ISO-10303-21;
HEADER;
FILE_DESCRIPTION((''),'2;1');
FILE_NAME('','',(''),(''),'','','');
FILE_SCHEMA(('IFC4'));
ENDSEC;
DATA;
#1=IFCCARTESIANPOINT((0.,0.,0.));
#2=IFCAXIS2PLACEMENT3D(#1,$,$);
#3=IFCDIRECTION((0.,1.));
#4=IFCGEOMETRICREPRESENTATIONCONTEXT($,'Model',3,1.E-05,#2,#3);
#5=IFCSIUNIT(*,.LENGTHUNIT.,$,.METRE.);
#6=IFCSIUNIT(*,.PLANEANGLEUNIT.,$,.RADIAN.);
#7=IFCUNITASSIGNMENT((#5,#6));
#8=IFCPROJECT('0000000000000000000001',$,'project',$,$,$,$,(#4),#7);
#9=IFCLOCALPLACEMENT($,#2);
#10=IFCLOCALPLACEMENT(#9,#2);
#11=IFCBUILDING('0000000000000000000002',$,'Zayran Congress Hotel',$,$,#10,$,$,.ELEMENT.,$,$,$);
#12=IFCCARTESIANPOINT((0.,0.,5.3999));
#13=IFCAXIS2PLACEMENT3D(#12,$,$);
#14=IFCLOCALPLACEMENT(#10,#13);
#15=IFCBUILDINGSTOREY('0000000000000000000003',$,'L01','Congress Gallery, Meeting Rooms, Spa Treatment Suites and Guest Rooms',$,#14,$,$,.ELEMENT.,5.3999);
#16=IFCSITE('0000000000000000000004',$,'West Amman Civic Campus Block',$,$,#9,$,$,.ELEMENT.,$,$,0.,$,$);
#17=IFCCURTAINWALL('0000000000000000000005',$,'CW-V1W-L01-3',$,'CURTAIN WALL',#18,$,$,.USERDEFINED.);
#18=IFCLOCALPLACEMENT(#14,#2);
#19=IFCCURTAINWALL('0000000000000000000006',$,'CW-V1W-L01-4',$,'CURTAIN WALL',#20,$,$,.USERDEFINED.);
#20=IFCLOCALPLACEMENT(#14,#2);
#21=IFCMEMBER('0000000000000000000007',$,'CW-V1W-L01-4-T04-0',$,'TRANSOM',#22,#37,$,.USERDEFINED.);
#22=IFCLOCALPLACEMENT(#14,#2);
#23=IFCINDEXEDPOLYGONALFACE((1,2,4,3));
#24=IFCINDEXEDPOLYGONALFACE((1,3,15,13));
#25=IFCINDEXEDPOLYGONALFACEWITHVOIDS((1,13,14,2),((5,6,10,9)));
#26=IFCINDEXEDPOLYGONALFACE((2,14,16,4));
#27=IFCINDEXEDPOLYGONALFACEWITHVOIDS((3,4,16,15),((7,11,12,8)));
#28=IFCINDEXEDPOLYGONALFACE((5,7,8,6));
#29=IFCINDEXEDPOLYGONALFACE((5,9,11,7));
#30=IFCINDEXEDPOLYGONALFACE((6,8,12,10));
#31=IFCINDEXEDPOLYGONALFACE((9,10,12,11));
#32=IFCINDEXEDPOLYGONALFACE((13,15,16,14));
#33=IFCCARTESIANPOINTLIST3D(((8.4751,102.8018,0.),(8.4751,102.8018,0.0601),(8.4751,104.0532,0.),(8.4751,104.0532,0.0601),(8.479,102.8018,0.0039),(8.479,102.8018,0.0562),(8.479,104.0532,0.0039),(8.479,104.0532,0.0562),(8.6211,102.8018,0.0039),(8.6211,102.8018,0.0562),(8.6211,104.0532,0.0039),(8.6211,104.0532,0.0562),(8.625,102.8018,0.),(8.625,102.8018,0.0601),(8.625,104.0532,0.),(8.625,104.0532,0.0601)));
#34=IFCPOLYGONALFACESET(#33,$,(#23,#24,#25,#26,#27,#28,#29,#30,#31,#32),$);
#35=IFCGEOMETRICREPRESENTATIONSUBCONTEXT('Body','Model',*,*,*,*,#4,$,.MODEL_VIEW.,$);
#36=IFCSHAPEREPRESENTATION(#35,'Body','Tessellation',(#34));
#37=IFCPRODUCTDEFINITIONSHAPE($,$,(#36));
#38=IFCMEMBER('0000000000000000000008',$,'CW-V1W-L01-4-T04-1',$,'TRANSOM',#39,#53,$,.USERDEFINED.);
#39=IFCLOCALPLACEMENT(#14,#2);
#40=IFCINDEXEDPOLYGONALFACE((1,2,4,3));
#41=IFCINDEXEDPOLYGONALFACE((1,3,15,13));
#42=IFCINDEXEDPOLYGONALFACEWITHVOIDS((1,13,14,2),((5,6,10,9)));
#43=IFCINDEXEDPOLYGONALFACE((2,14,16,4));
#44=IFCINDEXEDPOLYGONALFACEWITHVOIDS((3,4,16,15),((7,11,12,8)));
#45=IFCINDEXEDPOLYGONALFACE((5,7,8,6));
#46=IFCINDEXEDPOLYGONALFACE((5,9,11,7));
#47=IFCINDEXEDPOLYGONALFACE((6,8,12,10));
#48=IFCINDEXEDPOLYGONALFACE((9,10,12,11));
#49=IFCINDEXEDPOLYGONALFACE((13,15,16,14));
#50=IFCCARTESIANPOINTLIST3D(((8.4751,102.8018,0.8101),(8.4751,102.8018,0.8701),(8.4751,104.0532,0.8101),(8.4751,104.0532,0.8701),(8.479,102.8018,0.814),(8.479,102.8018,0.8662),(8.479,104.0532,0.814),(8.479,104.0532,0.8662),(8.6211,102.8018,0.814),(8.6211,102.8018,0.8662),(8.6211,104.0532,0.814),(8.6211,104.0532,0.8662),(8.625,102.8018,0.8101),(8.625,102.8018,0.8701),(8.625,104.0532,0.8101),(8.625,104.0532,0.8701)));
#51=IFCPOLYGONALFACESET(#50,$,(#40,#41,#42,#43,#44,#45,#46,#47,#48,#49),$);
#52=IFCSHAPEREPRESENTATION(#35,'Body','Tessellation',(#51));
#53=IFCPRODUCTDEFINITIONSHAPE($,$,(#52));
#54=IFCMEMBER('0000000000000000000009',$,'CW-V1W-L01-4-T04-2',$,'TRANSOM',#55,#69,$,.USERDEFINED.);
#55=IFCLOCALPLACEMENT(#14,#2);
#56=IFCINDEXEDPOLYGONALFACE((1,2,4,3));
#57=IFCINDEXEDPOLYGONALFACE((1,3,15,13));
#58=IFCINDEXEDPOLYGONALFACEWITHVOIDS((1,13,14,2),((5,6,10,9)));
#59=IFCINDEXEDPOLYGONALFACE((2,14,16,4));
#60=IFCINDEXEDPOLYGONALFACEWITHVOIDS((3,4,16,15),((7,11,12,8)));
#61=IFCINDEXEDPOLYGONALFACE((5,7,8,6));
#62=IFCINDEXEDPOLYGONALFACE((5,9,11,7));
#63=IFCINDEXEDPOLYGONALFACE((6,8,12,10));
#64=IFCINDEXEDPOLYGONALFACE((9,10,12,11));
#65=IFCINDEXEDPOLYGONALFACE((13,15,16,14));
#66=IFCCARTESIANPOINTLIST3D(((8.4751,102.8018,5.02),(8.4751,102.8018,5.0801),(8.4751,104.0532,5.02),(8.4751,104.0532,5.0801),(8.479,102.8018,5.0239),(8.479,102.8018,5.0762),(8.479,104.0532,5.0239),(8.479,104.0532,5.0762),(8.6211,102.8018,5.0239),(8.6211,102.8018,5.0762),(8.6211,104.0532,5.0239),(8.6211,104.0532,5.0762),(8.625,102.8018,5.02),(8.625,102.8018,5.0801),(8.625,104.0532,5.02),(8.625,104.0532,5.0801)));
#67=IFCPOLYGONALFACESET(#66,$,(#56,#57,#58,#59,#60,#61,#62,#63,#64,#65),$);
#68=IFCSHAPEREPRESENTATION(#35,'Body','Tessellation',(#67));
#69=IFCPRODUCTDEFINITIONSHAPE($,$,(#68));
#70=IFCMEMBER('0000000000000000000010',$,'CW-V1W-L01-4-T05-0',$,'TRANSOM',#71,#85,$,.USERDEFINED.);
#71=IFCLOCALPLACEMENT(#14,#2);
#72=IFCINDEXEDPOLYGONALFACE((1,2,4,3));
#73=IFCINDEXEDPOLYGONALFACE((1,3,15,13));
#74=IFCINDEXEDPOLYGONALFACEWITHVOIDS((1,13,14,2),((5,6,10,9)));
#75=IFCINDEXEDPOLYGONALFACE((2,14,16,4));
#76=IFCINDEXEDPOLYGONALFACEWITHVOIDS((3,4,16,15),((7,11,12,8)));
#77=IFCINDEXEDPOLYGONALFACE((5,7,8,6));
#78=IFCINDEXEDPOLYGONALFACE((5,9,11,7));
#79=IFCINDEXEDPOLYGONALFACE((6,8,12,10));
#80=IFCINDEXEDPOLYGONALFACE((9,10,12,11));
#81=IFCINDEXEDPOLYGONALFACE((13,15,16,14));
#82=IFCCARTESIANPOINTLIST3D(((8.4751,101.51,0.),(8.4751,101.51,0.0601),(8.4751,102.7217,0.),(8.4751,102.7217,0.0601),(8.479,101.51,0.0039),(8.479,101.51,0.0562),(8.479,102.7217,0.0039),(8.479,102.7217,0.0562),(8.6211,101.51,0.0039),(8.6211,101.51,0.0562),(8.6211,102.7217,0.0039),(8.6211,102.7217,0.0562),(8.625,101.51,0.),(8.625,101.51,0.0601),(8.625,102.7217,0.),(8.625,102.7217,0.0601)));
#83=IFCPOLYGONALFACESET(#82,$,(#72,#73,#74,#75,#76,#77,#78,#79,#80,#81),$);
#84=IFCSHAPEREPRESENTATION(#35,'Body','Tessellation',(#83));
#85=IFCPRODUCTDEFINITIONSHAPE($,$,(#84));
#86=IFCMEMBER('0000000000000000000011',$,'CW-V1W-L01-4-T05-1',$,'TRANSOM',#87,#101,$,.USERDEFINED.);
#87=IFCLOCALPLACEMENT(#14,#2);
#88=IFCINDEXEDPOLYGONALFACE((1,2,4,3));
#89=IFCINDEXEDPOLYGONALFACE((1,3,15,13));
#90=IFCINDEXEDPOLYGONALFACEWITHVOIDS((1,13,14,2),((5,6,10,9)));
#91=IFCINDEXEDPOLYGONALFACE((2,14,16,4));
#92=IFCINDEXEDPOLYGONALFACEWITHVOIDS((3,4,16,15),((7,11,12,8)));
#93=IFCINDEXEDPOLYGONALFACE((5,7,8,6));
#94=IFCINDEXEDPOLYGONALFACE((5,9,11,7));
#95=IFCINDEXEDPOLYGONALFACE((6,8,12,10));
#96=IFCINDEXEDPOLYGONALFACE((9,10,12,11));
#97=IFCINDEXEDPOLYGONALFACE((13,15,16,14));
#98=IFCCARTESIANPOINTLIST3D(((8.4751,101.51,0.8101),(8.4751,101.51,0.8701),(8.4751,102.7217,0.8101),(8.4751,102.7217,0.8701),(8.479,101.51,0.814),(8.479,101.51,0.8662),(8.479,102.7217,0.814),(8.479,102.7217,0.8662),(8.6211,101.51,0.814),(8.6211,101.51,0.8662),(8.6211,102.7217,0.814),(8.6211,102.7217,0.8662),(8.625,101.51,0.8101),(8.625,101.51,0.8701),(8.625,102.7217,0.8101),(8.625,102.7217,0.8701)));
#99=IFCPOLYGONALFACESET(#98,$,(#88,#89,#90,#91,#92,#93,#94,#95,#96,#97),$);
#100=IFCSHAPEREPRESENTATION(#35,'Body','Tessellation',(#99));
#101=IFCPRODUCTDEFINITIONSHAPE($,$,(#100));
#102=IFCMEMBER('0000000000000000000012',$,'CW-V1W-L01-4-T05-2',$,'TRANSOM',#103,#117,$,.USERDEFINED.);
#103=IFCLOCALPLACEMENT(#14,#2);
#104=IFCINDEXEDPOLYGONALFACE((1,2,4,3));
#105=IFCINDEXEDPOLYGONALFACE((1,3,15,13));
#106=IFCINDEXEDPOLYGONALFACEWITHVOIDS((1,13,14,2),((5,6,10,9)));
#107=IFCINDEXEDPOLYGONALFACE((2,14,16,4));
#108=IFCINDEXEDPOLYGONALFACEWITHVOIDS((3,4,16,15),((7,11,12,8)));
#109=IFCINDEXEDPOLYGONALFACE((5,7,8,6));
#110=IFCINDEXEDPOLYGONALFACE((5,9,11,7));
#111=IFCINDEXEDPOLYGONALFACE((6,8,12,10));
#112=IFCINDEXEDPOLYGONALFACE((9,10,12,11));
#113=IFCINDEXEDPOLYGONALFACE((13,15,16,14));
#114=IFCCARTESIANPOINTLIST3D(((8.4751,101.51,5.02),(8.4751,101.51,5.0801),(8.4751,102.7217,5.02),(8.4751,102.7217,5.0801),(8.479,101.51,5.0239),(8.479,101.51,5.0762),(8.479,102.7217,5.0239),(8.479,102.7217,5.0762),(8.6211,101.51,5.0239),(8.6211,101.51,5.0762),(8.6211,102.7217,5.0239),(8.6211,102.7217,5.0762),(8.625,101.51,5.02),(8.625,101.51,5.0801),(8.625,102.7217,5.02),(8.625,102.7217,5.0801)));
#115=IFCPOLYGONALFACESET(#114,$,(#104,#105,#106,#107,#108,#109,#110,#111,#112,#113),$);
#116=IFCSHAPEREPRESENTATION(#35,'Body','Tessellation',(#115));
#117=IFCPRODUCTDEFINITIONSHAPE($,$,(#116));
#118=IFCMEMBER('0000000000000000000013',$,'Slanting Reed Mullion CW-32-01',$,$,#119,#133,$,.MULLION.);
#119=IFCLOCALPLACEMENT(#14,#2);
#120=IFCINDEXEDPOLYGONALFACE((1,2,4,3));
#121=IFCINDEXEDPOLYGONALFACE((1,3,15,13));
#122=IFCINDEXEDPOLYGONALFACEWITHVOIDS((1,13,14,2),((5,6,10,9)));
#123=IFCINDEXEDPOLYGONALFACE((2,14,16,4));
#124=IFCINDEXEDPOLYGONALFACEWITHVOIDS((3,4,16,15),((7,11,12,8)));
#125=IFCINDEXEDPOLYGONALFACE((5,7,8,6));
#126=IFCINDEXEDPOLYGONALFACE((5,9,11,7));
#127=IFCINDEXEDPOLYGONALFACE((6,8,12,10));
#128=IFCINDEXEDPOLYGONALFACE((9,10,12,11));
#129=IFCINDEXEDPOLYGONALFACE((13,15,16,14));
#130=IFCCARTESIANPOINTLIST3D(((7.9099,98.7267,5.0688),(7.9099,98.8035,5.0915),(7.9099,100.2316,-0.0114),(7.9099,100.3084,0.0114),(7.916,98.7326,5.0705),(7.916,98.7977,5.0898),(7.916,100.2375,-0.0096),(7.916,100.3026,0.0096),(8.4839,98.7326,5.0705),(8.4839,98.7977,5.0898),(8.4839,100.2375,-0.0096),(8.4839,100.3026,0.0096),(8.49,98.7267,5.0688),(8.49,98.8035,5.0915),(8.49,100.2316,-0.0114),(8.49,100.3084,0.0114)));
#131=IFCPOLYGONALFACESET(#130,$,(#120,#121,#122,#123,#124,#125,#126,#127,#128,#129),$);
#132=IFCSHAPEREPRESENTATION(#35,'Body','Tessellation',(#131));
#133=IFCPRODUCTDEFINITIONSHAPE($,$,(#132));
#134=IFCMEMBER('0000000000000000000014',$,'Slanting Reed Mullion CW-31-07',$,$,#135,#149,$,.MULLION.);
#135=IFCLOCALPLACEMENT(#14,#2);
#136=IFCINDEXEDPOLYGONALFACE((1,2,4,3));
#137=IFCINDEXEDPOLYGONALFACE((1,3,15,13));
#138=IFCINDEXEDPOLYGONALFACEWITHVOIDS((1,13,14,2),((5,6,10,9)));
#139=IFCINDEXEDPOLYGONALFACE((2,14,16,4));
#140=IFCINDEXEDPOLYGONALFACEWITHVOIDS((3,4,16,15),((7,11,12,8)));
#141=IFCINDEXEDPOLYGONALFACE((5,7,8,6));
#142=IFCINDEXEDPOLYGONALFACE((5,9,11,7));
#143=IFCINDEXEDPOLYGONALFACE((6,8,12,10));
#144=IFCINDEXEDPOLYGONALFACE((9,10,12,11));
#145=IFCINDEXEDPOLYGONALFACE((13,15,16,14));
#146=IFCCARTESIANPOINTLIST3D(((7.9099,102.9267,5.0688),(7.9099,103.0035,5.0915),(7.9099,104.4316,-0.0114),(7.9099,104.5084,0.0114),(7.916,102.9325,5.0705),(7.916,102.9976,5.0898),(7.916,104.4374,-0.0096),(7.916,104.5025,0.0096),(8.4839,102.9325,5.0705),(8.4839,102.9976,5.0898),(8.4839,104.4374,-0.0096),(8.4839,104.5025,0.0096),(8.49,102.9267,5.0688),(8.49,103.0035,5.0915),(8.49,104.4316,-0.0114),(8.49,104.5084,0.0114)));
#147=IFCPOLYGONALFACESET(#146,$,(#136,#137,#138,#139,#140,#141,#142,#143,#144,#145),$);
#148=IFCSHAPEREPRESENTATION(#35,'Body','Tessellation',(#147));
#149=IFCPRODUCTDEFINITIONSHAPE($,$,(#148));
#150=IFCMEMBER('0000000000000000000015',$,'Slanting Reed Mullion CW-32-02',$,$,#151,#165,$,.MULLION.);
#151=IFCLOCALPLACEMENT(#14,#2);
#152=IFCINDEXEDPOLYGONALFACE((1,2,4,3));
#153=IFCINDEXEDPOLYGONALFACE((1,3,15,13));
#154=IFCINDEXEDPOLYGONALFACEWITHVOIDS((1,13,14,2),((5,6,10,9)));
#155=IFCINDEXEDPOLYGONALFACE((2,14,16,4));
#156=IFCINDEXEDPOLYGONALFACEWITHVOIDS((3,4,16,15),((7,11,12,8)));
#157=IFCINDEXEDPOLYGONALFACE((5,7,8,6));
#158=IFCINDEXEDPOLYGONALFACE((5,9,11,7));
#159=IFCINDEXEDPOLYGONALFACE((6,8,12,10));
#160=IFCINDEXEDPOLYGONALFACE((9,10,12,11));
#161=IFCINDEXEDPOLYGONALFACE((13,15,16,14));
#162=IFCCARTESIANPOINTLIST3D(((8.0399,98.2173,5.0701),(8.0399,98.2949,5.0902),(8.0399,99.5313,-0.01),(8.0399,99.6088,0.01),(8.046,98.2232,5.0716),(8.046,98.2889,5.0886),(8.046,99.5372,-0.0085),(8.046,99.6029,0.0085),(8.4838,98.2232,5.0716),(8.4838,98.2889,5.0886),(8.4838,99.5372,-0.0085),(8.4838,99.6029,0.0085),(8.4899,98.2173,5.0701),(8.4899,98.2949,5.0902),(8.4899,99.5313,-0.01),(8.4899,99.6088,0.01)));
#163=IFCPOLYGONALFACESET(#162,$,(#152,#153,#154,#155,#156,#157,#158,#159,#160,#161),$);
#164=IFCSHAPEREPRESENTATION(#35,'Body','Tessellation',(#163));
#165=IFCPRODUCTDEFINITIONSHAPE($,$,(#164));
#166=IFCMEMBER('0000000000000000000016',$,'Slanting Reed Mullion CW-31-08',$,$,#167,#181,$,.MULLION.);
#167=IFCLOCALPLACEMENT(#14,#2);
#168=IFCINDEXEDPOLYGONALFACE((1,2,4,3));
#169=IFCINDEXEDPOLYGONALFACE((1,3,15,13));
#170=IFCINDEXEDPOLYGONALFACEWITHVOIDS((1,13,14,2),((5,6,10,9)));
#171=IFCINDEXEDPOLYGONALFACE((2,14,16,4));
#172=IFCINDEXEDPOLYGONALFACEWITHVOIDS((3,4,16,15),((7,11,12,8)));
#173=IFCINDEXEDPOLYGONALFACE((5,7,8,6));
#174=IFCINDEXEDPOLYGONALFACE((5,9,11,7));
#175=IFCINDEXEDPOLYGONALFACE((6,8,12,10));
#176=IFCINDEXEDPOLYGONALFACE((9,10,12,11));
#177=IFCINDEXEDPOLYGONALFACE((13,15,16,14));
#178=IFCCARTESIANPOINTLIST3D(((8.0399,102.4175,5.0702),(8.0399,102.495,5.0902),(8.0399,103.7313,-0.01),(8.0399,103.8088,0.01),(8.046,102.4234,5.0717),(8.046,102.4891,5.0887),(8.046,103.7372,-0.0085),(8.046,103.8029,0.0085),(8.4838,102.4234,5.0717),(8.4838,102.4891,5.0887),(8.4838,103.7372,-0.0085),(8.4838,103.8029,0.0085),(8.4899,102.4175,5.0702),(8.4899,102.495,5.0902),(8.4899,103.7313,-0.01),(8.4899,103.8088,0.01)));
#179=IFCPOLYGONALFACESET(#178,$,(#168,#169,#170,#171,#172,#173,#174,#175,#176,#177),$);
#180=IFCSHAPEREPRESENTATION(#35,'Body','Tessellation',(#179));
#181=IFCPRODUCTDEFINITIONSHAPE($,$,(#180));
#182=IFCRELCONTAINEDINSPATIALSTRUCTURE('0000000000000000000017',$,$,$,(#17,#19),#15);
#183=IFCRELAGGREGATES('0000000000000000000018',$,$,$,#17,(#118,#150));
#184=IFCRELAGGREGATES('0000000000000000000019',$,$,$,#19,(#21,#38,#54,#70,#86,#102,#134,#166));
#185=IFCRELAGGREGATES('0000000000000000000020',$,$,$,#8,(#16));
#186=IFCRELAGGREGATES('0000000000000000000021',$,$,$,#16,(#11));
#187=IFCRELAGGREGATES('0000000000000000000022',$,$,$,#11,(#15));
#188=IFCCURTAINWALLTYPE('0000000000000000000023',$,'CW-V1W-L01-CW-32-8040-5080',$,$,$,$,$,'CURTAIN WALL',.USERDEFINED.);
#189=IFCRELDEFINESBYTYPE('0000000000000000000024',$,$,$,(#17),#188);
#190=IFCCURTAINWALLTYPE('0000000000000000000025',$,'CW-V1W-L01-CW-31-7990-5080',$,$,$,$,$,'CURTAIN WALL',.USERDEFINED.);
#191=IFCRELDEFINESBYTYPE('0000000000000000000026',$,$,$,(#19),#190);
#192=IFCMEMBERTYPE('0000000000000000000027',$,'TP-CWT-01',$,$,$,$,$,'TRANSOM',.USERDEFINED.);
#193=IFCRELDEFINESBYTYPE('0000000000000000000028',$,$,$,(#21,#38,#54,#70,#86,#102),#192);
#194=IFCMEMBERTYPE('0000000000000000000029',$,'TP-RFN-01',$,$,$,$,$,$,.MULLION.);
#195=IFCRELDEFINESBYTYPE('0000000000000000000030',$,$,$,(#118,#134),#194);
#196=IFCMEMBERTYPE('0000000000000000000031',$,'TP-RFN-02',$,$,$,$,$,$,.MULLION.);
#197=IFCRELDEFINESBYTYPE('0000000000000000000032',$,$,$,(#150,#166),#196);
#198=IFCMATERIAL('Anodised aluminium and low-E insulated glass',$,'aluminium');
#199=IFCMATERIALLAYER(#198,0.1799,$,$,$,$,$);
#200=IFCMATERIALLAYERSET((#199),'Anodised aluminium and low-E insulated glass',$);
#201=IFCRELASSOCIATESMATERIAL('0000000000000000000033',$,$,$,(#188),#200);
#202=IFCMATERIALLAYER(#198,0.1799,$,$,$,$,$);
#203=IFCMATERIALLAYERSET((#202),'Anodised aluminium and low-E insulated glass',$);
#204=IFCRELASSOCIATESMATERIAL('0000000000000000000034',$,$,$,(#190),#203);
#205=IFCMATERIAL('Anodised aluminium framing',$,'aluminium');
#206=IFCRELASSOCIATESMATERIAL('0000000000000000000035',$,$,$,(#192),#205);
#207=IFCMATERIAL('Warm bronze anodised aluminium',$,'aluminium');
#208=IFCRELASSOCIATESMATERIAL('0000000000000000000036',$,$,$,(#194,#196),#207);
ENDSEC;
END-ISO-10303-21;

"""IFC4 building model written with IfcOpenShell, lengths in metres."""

from ifc_helpers import new_model, si_unit, direction, frame, origin, origin_2d, place, context, subcontext, project, spatial, hollow_rectangle, extrude, material, layer, layer_set, material_profile, profile_set, type_object, element, aggregate, save


model = new_model("IFC4")

# Units and contexts
model_context = context("Model", 3, precision=1e-05, world=origin(), true_north=direction((0.0, 1.0)))
body_context = subcontext(model_context, "Body", "Model", "MODEL_VIEW")
ifc_project = project(units=[si_unit("LENGTHUNIT", "METRE"), si_unit("PLANEANGLEUNIT", "RADIAN")], contexts=[model_context])

# Site, building, storey
site_placement = place(None, origin())
site = spatial("IfcSite", under=ifc_project, at=site_placement, Name="West Amman Civic Campus Block", CompositionType="ELEMENT", RefElevation=0.0)
building_placement = place(site_placement, origin())
building = spatial("IfcBuilding", under=site, at=building_placement, Name="Zayran Congress Hotel", CompositionType="ELEMENT")
storey_placement = place(building_placement, frame((0.0, 0.0, 5.3999)))
storey = spatial("IfcBuildingStorey", under=building, at=storey_placement, Name="L01", Description="Congress Gallery, Meeting Rooms, Spa Treatment Suites and Guest Rooms", CompositionType="ELEMENT", Elevation=5.3999)

# Curtain walls
ifc_material_1 = material(Name="Anodised aluminium and low-E insulated glass", Category="aluminium")
ifc_layer_1 = layer(ifc_material_1, 0.1799)
ifc_layer_set_1 = layer_set([ifc_layer_1], Name="Anodised aluminium and low-E insulated glass")
curtain_wall_type_1 = type_object("IfcCurtainWallType", Name="CW-V1W-L01-CW-32-8040-5080", ElementType="CURTAIN WALL", PredefinedType="USERDEFINED", material=ifc_layer_set_1)
curtain_wall_1_placement = place(storey_placement, origin())
curtain_wall_1 = element("IfcCurtainWall", 1, at=curtain_wall_1_placement, inside=storey, type_object=curtain_wall_type_1, Name="CW-V1W-L01-3", ObjectType="CURTAIN WALL", PredefinedType="USERDEFINED")
ifc_material_2 = material(Name="Anodised aluminium framing", Category="aluminium")
ifc_layer_2 = layer(ifc_material_1, 0.1799)
ifc_layer_set_2 = layer_set([ifc_layer_2], Name="Anodised aluminium and low-E insulated glass")
curtain_wall_type_2 = type_object("IfcCurtainWallType", Name="CW-V1W-L01-CW-31-7990-5080", ElementType="CURTAIN WALL", PredefinedType="USERDEFINED", material=ifc_layer_set_2)
curtain_wall_2_placement = place(storey_placement, origin())
curtain_wall_2 = element("IfcCurtainWall", 2, at=curtain_wall_2_placement, inside=storey, type_object=curtain_wall_type_2, Name="CW-V1W-L01-4", ObjectType="CURTAIN WALL", PredefinedType="USERDEFINED")

# Members
ifc_material_profile_1 = material_profile(ifc_material_2, hollow_rectangle(XDim=0.0601, YDim=0.1499, WallThickness=0.0039, at=origin_2d()), Name="RHS 150x60x4")
ifc_profile_set_1 = profile_set([ifc_material_profile_1], Name="Anodised aluminium framing")
member_type_1 = type_object("IfcMemberType", Name="TP-CWT-01", ElementType="TRANSOM", PredefinedType="USERDEFINED", material=ifc_profile_set_1)
member_1_placement = place(storey_placement, frame((8.55, 104.0532, 0.03), z_axis=(0.0, -1.0, 0.0), x_axis=(0.0, 0.0, 1.0)))
member_1 = element("IfcMember", 3, at=member_1_placement, type_object=member_type_1, Name="CW-V1W-L01-4-T04-0", ObjectType="TRANSOM", PredefinedType="USERDEFINED", context=body_context, shape_type="SweptSolid", body=[
    extrude(hollow_rectangle(XDim=0.0601, YDim=0.1499, WallThickness=0.0039, at=origin_2d()), origin(), (0.0, 0.0, 1.0), 1.2515),
])
member_2_placement = place(storey_placement, frame((8.55, 104.0532, 0.8401), z_axis=(0.0, -1.0, 0.0), x_axis=(0.0, 0.0, 1.0)))
member_2 = element("IfcMember", 4, at=member_2_placement, type_object=member_type_1, Name="CW-V1W-L01-4-T04-1", ObjectType="TRANSOM", PredefinedType="USERDEFINED", context=body_context, shape_type="SweptSolid", body=[
    extrude(hollow_rectangle(XDim=0.0601, YDim=0.1499, WallThickness=0.0039, at=origin_2d()), origin(), (0.0, 0.0, 1.0), 1.2515),
])
member_3_placement = place(storey_placement, frame((8.55, 104.0532, 5.05), z_axis=(0.0, -1.0, 0.0), x_axis=(0.0, 0.0, 1.0)))
member_3 = element("IfcMember", 5, at=member_3_placement, type_object=member_type_1, Name="CW-V1W-L01-4-T04-2", ObjectType="TRANSOM", PredefinedType="USERDEFINED", context=body_context, shape_type="SweptSolid", body=[
    extrude(hollow_rectangle(XDim=0.0601, YDim=0.1499, WallThickness=0.0039, at=origin_2d()), origin(), (0.0, 0.0, 1.0), 1.2515),
])
member_4_placement = place(storey_placement, frame((8.55, 102.7217, 0.03), z_axis=(0.0, -1.0, 0.0), x_axis=(0.0, 0.0, 1.0)))
member_4 = element("IfcMember", 6, at=member_4_placement, type_object=member_type_1, Name="CW-V1W-L01-4-T05-0", ObjectType="TRANSOM", PredefinedType="USERDEFINED", context=body_context, shape_type="SweptSolid", body=[
    extrude(hollow_rectangle(XDim=0.0601, YDim=0.1499, WallThickness=0.0039, at=origin_2d()), origin(), (0.0, 0.0, 1.0), 1.2117),
])
member_5_placement = place(storey_placement, frame((8.55, 102.7217, 0.8401), z_axis=(0.0, -1.0, 0.0), x_axis=(0.0, 0.0, 1.0)))
member_5 = element("IfcMember", 7, at=member_5_placement, type_object=member_type_1, Name="CW-V1W-L01-4-T05-1", ObjectType="TRANSOM", PredefinedType="USERDEFINED", context=body_context, shape_type="SweptSolid", body=[
    extrude(hollow_rectangle(XDim=0.0601, YDim=0.1499, WallThickness=0.0039, at=origin_2d()), origin(), (0.0, 0.0, 1.0), 1.2117),
])
member_6_placement = place(storey_placement, frame((8.55, 102.7217, 5.05), z_axis=(0.0, -1.0, 0.0), x_axis=(0.0, 0.0, 1.0)))
member_6 = element("IfcMember", 8, at=member_6_placement, type_object=member_type_1, Name="CW-V1W-L01-4-T05-2", ObjectType="TRANSOM", PredefinedType="USERDEFINED", context=body_context, shape_type="SweptSolid", body=[
    extrude(hollow_rectangle(XDim=0.0601, YDim=0.1499, WallThickness=0.0039, at=origin_2d()), origin(), (0.0, 0.0, 1.0), 1.2117),
])
ifc_material_3 = material(Name="Warm bronze anodised aluminium", Category="aluminium")
ifc_material_profile_2 = material_profile(ifc_material_3, hollow_rectangle(XDim=0.0801, YDim=0.5801, WallThickness=0.0061, at=origin_2d()), Name="RHS 580x80x6")
ifc_profile_set_2 = profile_set([ifc_material_profile_2], Name="Warm bronze anodised aluminium")
member_type_2 = type_object("IfcMemberType", Name="TP-RFN-01", PredefinedType="MULLION", material=ifc_profile_set_2)
member_7_placement = place(storey_placement, frame((8.2, 100.27, 0.0), z_axis=(0.0, -0.284032, 0.958815), x_axis=(0.0, 0.958815, 0.284032)))
member_7 = element("IfcMember", 9, at=member_7_placement, type_object=member_type_2, Name="Slanting Reed Mullion CW-32-01", PredefinedType="MULLION", context=body_context, shape_type="SweptSolid", body=[
    extrude(hollow_rectangle(XDim=0.0801, YDim=0.5801, WallThickness=0.0061, at=origin_2d()), origin(), (0.0, 0.0, 1.0), 5.2983),
])
member_8_placement = place(storey_placement, frame((8.2, 104.47, 0.0), z_axis=(0.0, -0.284032, 0.958815), x_axis=(0.0, 0.958815, 0.284032)))
member_8 = element("IfcMember", 10, at=member_8_placement, type_object=member_type_2, Name="Slanting Reed Mullion CW-31-07", PredefinedType="MULLION", context=body_context, shape_type="SweptSolid", body=[
    extrude(hollow_rectangle(XDim=0.0801, YDim=0.5801, WallThickness=0.0061, at=origin_2d()), origin(), (0.0, 0.0, 1.0), 5.2983),
])
ifc_material_profile_3 = material_profile(ifc_material_3, hollow_rectangle(XDim=0.0801, YDim=0.45, WallThickness=0.0061, at=origin_2d()), Name="RHS 450x80x6")
ifc_profile_set_3 = profile_set([ifc_material_profile_3], Name="Warm bronze anodised aluminium")
member_type_3 = type_object("IfcMemberType", Name="TP-RFN-02", PredefinedType="MULLION", material=ifc_profile_set_3)
member_9_placement = place(storey_placement, frame((8.2649, 99.5701, 0.0), z_axis=(0.0, -0.25041, 0.96814), x_axis=(0.0, 0.96814, 0.25041)))
member_9 = element("IfcMember", 11, at=member_9_placement, type_object=member_type_3, Name="Slanting Reed Mullion CW-32-02", PredefinedType="MULLION", context=body_context, shape_type="SweptSolid", body=[
    extrude(hollow_rectangle(XDim=0.0801, YDim=0.45, WallThickness=0.0061, at=origin_2d()), origin(), (0.0, 0.0, 1.0), 5.2473),
])
member_10_placement = place(storey_placement, frame((8.2649, 103.77, 0.0), z_axis=(0.0, -0.250366, 0.968151), x_axis=(0.0, 0.968151, 0.250366)))
member_10 = element("IfcMember", 12, at=member_10_placement, type_object=member_type_3, Name="Slanting Reed Mullion CW-31-08", PredefinedType="MULLION", context=body_context, shape_type="SweptSolid", body=[
    extrude(hollow_rectangle(XDim=0.0801, YDim=0.45, WallThickness=0.0061, at=origin_2d()), origin(), (0.0, 0.0, 1.0), 5.2473),
])

aggregate(curtain_wall_1, [member_7, member_9])
aggregate(curtain_wall_2, [member_1, member_2, member_3, member_4, member_5, member_6, member_8, member_10])

save(model, "model.ifc")
